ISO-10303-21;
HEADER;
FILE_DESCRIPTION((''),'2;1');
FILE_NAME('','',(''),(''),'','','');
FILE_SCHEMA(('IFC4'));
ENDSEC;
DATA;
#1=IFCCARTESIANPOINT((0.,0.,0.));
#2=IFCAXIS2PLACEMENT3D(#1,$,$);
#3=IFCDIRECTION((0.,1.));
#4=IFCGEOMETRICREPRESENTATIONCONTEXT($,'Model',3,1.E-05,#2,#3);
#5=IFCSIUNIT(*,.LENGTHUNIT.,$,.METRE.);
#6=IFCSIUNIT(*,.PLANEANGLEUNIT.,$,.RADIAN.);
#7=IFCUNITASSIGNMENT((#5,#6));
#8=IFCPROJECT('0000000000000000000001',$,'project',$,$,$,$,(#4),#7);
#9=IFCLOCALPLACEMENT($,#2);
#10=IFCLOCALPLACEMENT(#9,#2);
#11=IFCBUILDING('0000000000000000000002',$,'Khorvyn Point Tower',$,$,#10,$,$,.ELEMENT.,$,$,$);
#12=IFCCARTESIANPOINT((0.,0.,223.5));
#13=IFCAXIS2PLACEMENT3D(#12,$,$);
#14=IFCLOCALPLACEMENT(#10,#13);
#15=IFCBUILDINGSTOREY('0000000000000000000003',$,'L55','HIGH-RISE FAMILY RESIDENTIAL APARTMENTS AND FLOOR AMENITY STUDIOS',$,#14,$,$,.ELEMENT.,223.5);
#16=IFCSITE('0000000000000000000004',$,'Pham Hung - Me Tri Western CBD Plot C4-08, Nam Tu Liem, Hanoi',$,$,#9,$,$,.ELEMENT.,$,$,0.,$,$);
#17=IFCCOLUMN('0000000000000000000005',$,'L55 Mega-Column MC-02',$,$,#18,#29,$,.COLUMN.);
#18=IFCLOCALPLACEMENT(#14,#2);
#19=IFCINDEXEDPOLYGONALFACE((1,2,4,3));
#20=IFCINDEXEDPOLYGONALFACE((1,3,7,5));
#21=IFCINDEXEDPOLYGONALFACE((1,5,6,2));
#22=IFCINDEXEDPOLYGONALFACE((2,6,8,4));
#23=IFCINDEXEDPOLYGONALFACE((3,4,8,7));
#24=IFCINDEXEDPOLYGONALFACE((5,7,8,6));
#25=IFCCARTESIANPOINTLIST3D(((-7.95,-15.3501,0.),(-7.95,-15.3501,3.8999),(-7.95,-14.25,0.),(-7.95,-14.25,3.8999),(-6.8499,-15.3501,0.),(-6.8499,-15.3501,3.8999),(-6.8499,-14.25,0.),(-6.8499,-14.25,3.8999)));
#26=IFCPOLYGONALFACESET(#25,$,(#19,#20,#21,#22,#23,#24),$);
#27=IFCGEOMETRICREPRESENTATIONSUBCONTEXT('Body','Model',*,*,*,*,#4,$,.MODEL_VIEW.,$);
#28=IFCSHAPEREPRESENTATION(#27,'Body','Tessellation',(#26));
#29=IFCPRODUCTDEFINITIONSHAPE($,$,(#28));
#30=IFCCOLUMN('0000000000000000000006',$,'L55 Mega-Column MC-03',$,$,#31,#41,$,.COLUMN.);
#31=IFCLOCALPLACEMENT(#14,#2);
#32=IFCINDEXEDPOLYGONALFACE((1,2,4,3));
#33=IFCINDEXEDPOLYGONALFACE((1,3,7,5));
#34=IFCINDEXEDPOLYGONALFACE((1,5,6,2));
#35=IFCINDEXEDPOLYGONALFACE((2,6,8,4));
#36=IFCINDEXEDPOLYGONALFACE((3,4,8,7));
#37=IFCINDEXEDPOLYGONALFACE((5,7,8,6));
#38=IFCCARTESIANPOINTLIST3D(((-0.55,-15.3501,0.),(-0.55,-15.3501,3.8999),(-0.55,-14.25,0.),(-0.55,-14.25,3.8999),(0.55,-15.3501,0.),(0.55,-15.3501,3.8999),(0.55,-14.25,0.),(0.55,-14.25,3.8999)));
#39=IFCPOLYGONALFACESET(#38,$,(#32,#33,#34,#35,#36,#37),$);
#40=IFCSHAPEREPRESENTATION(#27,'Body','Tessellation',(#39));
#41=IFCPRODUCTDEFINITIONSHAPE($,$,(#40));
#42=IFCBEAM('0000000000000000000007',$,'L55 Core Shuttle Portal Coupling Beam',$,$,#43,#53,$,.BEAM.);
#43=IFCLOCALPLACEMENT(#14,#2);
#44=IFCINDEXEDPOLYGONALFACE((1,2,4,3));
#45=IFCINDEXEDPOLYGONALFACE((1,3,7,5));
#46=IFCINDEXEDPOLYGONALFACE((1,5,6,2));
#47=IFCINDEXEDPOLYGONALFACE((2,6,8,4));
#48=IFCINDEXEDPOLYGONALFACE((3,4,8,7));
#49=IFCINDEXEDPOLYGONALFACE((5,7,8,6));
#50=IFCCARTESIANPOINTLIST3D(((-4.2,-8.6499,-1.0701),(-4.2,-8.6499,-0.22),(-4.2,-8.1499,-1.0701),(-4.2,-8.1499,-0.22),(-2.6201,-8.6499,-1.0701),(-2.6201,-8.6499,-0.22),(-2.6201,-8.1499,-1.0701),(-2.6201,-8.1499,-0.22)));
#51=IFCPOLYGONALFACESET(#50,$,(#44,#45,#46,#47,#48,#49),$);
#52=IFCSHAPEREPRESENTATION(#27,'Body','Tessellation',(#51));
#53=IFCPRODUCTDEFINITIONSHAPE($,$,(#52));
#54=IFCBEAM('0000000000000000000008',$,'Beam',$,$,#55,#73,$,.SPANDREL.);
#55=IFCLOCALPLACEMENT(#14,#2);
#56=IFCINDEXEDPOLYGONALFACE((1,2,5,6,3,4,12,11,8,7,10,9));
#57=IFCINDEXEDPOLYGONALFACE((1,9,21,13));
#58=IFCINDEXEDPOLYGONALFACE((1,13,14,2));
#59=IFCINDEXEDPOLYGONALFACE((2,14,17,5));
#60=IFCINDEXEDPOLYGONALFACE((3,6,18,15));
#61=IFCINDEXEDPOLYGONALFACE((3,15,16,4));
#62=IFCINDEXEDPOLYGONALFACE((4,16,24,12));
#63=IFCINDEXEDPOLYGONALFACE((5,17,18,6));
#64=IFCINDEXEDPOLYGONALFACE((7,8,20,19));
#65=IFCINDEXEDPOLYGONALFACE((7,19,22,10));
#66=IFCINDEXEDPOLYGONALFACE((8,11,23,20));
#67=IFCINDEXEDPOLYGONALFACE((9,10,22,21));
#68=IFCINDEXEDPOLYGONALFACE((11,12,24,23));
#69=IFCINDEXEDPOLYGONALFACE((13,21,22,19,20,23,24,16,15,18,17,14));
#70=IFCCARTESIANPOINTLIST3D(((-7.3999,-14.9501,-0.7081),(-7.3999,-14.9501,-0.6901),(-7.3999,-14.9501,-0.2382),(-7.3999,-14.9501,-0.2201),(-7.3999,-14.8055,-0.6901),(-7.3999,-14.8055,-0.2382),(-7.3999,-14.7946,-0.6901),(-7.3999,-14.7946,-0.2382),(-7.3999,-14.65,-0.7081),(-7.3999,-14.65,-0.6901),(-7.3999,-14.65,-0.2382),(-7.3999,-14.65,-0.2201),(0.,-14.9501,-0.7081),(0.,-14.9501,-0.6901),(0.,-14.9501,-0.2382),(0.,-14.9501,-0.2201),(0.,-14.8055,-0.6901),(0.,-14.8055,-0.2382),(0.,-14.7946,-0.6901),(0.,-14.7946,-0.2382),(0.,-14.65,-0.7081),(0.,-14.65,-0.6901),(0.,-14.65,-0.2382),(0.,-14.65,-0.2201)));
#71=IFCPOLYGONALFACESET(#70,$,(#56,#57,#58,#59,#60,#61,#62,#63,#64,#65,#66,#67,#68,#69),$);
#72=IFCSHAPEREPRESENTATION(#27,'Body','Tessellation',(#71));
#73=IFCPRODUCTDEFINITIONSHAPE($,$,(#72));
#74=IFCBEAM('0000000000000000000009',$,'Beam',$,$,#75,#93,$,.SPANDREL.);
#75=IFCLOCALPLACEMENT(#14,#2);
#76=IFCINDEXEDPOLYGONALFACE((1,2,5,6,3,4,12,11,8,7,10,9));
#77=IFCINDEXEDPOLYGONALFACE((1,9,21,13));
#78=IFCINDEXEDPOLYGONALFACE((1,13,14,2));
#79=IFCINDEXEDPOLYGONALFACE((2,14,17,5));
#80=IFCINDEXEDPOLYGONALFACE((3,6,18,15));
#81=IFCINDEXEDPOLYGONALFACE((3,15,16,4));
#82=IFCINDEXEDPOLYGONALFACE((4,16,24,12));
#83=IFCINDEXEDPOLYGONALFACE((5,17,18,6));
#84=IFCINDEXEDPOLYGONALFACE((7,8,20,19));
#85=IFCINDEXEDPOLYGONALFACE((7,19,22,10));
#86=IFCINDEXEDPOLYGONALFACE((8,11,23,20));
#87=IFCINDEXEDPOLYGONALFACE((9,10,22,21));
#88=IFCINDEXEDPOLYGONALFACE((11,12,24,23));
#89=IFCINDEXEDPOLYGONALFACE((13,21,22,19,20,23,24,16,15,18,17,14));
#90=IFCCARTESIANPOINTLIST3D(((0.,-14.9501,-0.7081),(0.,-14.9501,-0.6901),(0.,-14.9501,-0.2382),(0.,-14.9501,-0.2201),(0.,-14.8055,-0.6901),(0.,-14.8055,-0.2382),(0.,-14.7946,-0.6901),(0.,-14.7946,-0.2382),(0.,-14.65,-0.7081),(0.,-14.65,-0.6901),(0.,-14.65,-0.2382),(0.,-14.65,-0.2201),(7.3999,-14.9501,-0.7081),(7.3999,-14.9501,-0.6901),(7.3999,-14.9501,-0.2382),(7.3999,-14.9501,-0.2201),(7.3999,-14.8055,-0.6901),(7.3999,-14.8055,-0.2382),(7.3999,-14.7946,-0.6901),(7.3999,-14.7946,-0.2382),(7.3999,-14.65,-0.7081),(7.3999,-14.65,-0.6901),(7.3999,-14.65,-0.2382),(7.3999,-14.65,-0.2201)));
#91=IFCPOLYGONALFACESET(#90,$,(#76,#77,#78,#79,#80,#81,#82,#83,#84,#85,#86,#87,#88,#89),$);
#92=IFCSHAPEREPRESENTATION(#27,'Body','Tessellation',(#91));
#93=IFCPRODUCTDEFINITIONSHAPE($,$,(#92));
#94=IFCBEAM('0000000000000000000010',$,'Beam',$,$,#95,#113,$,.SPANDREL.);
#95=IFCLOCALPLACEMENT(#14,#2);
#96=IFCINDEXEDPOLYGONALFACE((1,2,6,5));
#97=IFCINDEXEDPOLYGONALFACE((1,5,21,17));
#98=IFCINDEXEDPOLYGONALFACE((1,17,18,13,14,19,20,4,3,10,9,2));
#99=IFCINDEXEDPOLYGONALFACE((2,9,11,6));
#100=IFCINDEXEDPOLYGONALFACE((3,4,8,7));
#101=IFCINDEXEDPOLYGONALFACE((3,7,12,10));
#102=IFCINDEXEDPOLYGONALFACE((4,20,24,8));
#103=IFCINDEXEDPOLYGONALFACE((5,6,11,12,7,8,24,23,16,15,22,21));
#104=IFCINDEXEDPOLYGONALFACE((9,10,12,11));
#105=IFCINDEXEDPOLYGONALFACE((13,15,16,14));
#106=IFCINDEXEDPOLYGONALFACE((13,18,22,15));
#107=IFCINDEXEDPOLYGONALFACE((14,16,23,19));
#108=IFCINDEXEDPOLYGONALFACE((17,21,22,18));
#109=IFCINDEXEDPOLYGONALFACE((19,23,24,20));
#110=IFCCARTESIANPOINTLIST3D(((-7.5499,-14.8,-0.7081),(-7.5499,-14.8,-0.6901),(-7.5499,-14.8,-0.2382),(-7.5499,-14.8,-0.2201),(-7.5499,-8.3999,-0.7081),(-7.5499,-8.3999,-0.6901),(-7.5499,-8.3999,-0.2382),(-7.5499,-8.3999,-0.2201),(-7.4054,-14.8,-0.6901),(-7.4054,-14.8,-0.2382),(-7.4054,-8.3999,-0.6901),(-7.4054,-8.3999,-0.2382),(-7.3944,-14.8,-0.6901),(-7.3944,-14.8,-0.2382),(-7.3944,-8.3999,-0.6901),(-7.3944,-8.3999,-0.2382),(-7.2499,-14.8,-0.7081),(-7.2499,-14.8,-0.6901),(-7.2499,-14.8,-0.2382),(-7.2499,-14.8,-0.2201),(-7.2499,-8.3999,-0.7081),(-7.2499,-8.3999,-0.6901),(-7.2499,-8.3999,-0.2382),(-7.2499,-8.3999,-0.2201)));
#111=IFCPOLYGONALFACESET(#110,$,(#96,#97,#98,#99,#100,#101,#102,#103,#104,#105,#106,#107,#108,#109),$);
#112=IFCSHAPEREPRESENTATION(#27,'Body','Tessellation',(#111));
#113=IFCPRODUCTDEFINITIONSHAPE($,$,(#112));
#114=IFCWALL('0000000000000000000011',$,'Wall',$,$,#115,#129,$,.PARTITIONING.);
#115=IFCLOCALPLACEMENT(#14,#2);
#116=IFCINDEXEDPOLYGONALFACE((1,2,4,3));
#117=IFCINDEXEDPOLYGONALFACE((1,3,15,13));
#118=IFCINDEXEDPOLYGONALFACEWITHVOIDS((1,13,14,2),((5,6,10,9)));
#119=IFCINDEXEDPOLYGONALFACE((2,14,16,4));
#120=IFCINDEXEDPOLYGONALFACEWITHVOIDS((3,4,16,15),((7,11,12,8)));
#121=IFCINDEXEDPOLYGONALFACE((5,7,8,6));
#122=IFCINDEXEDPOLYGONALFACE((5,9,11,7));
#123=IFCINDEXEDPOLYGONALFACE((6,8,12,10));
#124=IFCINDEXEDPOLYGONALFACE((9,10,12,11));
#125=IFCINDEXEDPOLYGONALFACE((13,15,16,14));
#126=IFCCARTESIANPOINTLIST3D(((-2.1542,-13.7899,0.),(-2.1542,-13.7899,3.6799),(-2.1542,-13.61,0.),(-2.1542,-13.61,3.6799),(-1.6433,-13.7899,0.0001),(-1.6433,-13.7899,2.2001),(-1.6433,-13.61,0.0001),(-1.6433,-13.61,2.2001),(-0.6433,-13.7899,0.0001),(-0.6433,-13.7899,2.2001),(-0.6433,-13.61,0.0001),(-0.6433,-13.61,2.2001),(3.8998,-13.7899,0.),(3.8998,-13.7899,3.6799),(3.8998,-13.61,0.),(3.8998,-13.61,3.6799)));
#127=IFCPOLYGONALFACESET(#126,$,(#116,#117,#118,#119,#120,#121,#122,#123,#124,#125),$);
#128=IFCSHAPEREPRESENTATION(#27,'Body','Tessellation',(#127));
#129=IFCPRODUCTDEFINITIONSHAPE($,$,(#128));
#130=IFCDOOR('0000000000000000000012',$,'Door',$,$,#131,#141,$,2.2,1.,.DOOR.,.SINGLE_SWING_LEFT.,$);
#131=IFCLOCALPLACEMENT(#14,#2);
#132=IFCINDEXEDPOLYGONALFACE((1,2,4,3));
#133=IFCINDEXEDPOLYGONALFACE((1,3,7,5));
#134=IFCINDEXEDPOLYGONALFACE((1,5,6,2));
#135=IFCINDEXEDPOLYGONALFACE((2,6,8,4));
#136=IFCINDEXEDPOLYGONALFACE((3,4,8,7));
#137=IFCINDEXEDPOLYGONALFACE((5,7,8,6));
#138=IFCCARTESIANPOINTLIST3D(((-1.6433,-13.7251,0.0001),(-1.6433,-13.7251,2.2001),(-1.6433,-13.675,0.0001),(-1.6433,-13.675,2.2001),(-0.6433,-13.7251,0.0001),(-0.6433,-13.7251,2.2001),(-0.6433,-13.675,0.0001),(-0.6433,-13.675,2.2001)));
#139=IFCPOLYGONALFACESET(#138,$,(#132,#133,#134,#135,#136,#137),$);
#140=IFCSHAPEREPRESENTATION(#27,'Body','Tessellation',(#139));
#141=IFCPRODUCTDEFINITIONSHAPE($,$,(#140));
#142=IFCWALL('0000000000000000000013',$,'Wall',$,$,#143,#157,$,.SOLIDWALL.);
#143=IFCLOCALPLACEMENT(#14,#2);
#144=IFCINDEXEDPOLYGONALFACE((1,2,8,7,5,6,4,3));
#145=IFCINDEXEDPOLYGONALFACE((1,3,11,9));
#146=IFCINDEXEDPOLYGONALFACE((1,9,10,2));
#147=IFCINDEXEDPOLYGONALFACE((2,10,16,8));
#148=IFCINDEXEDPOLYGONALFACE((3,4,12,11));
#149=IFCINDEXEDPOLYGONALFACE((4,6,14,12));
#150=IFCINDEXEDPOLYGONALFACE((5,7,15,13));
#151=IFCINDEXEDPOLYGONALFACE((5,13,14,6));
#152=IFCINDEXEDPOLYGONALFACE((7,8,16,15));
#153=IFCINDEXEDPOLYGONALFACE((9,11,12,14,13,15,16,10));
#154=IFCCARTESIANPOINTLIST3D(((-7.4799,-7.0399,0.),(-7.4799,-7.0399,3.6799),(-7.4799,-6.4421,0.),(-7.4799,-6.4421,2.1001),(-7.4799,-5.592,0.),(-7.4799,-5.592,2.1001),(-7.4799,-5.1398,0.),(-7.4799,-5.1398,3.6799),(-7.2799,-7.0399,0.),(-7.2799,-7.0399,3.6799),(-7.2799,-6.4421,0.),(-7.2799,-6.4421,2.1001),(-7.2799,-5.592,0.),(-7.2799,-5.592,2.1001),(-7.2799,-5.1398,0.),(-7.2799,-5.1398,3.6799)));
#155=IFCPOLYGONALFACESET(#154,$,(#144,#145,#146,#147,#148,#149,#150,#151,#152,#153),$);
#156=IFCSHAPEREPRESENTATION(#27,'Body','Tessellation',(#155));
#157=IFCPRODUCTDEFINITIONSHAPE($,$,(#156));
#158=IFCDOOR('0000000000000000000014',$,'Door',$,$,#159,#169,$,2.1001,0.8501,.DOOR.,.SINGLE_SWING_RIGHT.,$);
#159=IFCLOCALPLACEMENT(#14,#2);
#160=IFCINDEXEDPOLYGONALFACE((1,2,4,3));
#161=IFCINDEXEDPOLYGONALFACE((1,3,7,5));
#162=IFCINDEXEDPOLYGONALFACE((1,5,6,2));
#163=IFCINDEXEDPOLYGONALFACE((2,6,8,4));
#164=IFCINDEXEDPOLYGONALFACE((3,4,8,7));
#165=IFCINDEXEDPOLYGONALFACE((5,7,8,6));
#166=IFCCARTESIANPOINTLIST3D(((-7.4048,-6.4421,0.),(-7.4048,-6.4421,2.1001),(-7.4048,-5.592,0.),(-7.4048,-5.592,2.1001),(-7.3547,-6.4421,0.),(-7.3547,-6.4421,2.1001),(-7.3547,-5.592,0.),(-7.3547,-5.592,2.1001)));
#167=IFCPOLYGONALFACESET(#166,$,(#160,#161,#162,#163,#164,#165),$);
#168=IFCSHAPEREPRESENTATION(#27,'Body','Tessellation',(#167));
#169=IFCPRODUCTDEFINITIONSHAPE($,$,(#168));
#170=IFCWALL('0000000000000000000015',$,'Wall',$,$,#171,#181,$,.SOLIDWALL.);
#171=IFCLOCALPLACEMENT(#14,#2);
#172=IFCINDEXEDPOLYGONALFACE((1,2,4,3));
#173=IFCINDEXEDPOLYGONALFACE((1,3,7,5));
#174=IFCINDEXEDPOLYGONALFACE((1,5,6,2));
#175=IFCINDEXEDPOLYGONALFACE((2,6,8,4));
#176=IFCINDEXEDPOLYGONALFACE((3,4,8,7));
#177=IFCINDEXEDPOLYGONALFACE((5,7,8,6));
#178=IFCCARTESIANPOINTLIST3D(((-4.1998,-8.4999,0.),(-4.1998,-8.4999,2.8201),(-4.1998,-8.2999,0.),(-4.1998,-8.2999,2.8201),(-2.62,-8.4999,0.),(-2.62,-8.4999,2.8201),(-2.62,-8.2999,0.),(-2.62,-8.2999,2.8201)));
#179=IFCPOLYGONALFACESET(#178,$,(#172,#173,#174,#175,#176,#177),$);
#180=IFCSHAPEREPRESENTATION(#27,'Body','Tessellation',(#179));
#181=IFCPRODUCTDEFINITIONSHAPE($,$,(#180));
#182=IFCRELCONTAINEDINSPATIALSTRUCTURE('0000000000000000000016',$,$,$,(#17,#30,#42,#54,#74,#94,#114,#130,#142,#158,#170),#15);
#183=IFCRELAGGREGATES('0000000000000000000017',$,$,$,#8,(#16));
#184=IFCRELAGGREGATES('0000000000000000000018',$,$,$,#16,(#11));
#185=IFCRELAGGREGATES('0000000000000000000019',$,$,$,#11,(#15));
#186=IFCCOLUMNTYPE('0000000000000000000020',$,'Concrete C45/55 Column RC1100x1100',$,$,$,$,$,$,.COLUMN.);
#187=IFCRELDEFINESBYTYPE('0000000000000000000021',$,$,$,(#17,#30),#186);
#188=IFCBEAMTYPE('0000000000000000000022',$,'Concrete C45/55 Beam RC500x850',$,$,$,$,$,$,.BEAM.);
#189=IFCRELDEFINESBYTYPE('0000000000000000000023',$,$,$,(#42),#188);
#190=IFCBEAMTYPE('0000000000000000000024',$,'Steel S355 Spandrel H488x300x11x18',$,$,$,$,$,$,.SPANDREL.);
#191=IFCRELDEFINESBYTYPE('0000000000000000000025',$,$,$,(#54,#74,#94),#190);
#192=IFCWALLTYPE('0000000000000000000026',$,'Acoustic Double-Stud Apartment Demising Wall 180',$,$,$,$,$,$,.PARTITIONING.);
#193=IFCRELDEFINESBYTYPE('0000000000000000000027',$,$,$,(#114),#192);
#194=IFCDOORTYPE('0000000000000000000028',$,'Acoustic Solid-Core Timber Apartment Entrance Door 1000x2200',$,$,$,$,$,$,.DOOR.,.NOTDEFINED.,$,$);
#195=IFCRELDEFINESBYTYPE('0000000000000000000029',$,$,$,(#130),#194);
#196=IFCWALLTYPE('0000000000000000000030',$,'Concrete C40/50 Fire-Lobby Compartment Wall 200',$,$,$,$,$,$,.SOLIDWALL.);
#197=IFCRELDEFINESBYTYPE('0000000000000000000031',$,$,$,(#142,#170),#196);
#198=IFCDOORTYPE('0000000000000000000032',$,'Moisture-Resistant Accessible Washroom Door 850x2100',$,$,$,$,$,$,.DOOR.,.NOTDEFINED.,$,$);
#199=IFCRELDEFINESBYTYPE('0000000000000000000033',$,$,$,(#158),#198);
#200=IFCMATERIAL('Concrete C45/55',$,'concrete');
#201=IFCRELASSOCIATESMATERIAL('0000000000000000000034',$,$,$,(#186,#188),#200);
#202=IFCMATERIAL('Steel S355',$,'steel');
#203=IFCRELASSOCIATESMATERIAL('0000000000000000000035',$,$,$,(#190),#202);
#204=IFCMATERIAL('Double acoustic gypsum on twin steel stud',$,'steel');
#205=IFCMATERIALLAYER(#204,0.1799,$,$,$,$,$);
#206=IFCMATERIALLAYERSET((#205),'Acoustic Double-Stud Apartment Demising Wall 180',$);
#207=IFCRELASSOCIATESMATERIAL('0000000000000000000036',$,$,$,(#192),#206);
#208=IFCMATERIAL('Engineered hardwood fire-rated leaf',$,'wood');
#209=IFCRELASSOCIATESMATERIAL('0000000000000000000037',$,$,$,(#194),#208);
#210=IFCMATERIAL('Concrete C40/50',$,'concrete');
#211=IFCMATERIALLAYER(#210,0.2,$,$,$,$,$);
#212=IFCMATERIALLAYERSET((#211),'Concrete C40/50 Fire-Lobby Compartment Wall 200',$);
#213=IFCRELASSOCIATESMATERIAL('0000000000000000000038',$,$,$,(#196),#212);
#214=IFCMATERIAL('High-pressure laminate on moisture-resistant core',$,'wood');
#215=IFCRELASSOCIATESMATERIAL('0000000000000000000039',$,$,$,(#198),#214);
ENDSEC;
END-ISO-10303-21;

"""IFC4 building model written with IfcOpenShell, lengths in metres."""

from ifc_helpers import new_model, si_unit, direction, frame, frame_2d, origin, origin_2d, place, context, subcontext, project, spatial, rectangle, i_section, extrude, material, layer, layer_set, material_profile, profile_set, type_object, element, fill, save


model = new_model("IFC4")

# Units and contexts
model_context = context("Model", 3, precision=1e-05, world=origin(), true_north=direction((0.0, 1.0)))
body_context = subcontext(model_context, "Body", "Model", "MODEL_VIEW")
ifc_project = project(units=[si_unit("LENGTHUNIT", "METRE"), si_unit("PLANEANGLEUNIT", "RADIAN")], contexts=[model_context])

# Site, building, storey
site_placement = place(None, origin())
site = spatial("IfcSite", under=ifc_project, at=site_placement, Name="Pham Hung - Me Tri Western CBD Plot C4-08, Nam Tu Liem, Hanoi", CompositionType="ELEMENT", RefElevation=0.0)
building_placement = place(site_placement, origin())
building = spatial("IfcBuilding", under=site, at=building_placement, Name="Khorvyn Point Tower", CompositionType="ELEMENT")
storey_placement = place(building_placement, frame((0.0, 0.0, 223.5)))
storey = spatial("IfcBuildingStorey", under=building, at=storey_placement, Name="L55", Description="HIGH-RISE FAMILY RESIDENTIAL APARTMENTS AND FLOOR AMENITY STUDIOS", CompositionType="ELEMENT", Elevation=223.5)

# Columns
ifc_material_1 = material(Name="Concrete C45/55", Category="concrete")
ifc_material_profile_1 = material_profile(ifc_material_1, rectangle(XDim=1.1001, YDim=1.1001, at=origin_2d()))
ifc_profile_set_1 = profile_set([ifc_material_profile_1], Name="Concrete C45/55 RC1100x1100")
column_type = type_object("IfcColumnType", Name="Concrete C45/55 Column RC1100x1100", PredefinedType="COLUMN", material=ifc_profile_set_1)
for number, where, z_axis, x_axis, name in (
    (1, (-7.3999, -14.8, 0.0), (0.0, 0.0, 1.0), (1.0, 0.0, 0.0), "L55 Mega-Column MC-02"),
    (2, (0.0, -14.8, 0.0), (0.0, 0.0, 1.0), (1.0, 0.0, 0.0), "L55 Mega-Column MC-03"),
):
    element("IfcColumn", number, at=place(storey_placement, frame(where, z_axis=z_axis, x_axis=x_axis)), inside=storey, type_object=column_type, Name=name, PredefinedType="COLUMN", context=body_context, shape_type="SweptSolid", body=[
        extrude(rectangle(XDim=1.1001, YDim=1.1001, at=origin_2d()), origin(), (0.0, 0.0, 1.0), 3.8999),
    ])

# Beams
ifc_material_profile_2 = material_profile(ifc_material_1, rectangle(XDim=0.5, YDim=0.8501, at=origin_2d()))
ifc_profile_set_2 = profile_set([ifc_material_profile_2], Name="Concrete C45/55 RC500x850")
beam_type_1 = type_object("IfcBeamType", Name="Concrete C45/55 Beam RC500x850", PredefinedType="BEAM", material=ifc_profile_set_2)
beam_1_placement = place(storey_placement, frame((-4.2, -8.3999, -0.645), z_axis=(1.0, 0.0, 0.0), x_axis=(0.0, 1.0, 0.0)))
element("IfcBeam", 3, at=beam_1_placement, inside=storey, type_object=beam_type_1, Name="L55 Core Shuttle Portal Coupling Beam", PredefinedType="BEAM", context=body_context, shape_type="SweptSolid", body=[
    extrude(rectangle(XDim=0.5, YDim=0.8501, at=origin_2d()), origin(), (0.0, 0.0, 1.0), 1.5798),
])
ifc_material_2 = material(Name="Steel S355", Category="steel")
ifc_material_profile_3 = material_profile(ifc_material_2, i_section(OverallWidth=0.3, OverallDepth=0.488, WebThickness=0.011, FlangeThickness=0.0181, at=origin_2d()))
ifc_profile_set_3 = profile_set([ifc_material_profile_3], Name="Steel S355 H488x300x11x18")
beam_type_2 = type_object("IfcBeamType", Name="Steel S355 Spandrel H488x300x11x18", PredefinedType="SPANDREL", material=ifc_profile_set_3)
for number, where, z_axis, x_axis, name in (
    (4, (-7.3999, -14.8, -0.4641), (1.0, 0.0, 0.0), (0.0, 1.0, 0.0), "Beam"),
    (5, (0.0, -14.8, -0.4641), (1.0, 0.0, 0.0), (0.0, 1.0, 0.0), "Beam"),
):
    element("IfcBeam", number, at=place(storey_placement, frame(where, z_axis=z_axis, x_axis=x_axis)), inside=storey, type_object=beam_type_2, Name=name, PredefinedType="SPANDREL", context=body_context, shape_type="SweptSolid", body=[
        extrude(i_section(OverallWidth=0.3, OverallDepth=0.488, WebThickness=0.011, FlangeThickness=0.0181, at=origin_2d()), origin(), (0.0, 0.0, 1.0), 7.3999),
    ])
beam_2_placement = place(storey_placement, frame((-7.3999, -14.8, -0.4641), z_axis=(0.0, 1.0, 0.0), x_axis=(-1.0, 0.0, 0.0)))
element("IfcBeam", 6, at=beam_2_placement, inside=storey, type_object=beam_type_2, Name="Beam", PredefinedType="SPANDREL", context=body_context, shape_type="SweptSolid", body=[
    extrude(i_section(OverallWidth=0.3, OverallDepth=0.488, WebThickness=0.011, FlangeThickness=0.0181, at=origin_2d()), origin(), (0.0, 0.0, 1.0), 6.4001),
])

# Walls, openings, doors
ifc_material_3 = material(Name="Double acoustic gypsum on twin steel stud", Category="steel")
ifc_layer_1 = layer(ifc_material_3, 0.1799)
ifc_layer_set_1 = layer_set([ifc_layer_1], Name="Acoustic Double-Stud Apartment Demising Wall 180")
wall_type_1 = type_object("IfcWallType", Name="Acoustic Double-Stud Apartment Demising Wall 180", PredefinedType="PARTITIONING", material=ifc_layer_set_1)
wall_1_placement = place(storey_placement, frame((-2.1541, -13.7, 0.0), z_axis=(0.0, 0.0, 1.0), x_axis=(1.0, 0.0, 0.0)))
wall_1 = element("IfcWall", 7, at=wall_1_placement, inside=storey, type_object=wall_type_1, Name="Wall", PredefinedType="PARTITIONING", context=body_context, shape_type="SweptSolid", body=[
    extrude(rectangle(XDim=6.054, YDim=0.1799, at=frame_2d((3.0269, 0.0))), origin(), (0.0, 0.0, 1.0), 3.6799),
])
opening_1_placement = place(wall_1_placement, frame((0.5107, 0.0, 0.0)))
opening_1 = element("IfcOpeningElement", 8, at=opening_1_placement, cuts=wall_1, PredefinedType="OPENING", context=body_context, shape_type="SweptSolid", body=[
    extrude(rectangle(XDim=1.0, YDim=2.2, at=frame_2d((0.5, 1.1001))), frame((0.0, 0.0999, 0.0), z_axis=(0.0, -1.0, 0.0), x_axis=(1.0, 0.0, 0.0)), (0.0, 0.0, 1.0), 0.2),
])
ifc_material_4 = material(Name="Engineered hardwood fire-rated leaf", Category="wood")
door_type_1 = type_object("IfcDoorType", Name="Acoustic Solid-Core Timber Apartment Entrance Door 1000x2200", OperationType="NOTDEFINED", PredefinedType="DOOR", material=ifc_material_4)
door_1_placement = place(opening_1_placement, origin())
door_1 = element("IfcDoor", 9, at=door_1_placement, inside=storey, type_object=door_type_1, Name="Door", OperationType="SINGLE_SWING_LEFT", OverallHeight=2.2, OverallWidth=1.0, PredefinedType="DOOR", context=body_context, shape_type="SweptSolid", body=[
    extrude(rectangle(XDim=1.0, YDim=2.2, at=frame_2d((0.5, 1.1001))), frame((0.0, 0.0249, 0.0), z_axis=(0.0, -1.0, 0.0), x_axis=(1.0, 0.0, 0.0)), (0.0, 0.0, 1.0), 0.05),
])
fill(opening_1, door_1)
ifc_material_5 = material(Name="Concrete C40/50", Category="concrete")
ifc_layer_2 = layer(ifc_material_5, 0.2)
ifc_layer_set_2 = layer_set([ifc_layer_2], Name="Concrete C40/50 Fire-Lobby Compartment Wall 200")
wall_type_2 = type_object("IfcWallType", Name="Concrete C40/50 Fire-Lobby Compartment Wall 200", PredefinedType="SOLIDWALL", material=ifc_layer_set_2)
wall_2_placement = place(storey_placement, frame((-7.3799, -7.04, 0.0), z_axis=(0.0, 0.0, 1.0), x_axis=(0.0, 1.0, 0.0)))
wall_2 = element("IfcWall", 10, at=wall_2_placement, inside=storey, type_object=wall_type_2, Name="Wall", PredefinedType="SOLIDWALL", context=body_context, shape_type="SweptSolid", body=[
    extrude(rectangle(XDim=1.9001, YDim=0.2, at=frame_2d((0.9502, 0.0))), origin(), (0.0, 0.0, 1.0), 3.6799),
])
opening_2_placement = place(wall_2_placement, frame((0.5979, 0.0, 0.0)))
opening_2 = element("IfcOpeningElement", 11, at=opening_2_placement, cuts=wall_2, PredefinedType="OPENING", context=body_context, shape_type="SweptSolid", body=[
    extrude(rectangle(XDim=0.8501, YDim=2.1001, at=frame_2d((0.425, 1.05))), frame((0.0, 0.1099, 0.0), z_axis=(0.0, -1.0, 0.0), x_axis=(1.0, 0.0, 0.0)), (0.0, 0.0, 1.0), 0.22),
])
ifc_material_6 = material(Name="High-pressure laminate on moisture-resistant core", Category="wood")
door_type_2 = type_object("IfcDoorType", Name="Moisture-Resistant Accessible Washroom Door 850x2100", OperationType="NOTDEFINED", PredefinedType="DOOR", material=ifc_material_6)
door_2_placement = place(opening_2_placement, origin())
door_2 = element("IfcDoor", 12, at=door_2_placement, inside=storey, type_object=door_type_2, Name="Door", OperationType="SINGLE_SWING_RIGHT", OverallHeight=2.1001, OverallWidth=0.8501, PredefinedType="DOOR", context=body_context, shape_type="SweptSolid", body=[
    extrude(rectangle(XDim=0.8501, YDim=2.1001, at=frame_2d((0.425, 1.05))), frame((0.0, 0.0249, 0.0), z_axis=(0.0, -1.0, 0.0), x_axis=(1.0, 0.0, 0.0)), (0.0, 0.0, 1.0), 0.05),
])
fill(opening_2, door_2)

# Wall
wall_3_placement = place(storey_placement, frame((-4.2, -8.3999, 0.0), z_axis=(0.0, 0.0, 1.0), x_axis=(1.0, 0.0, 0.0)))
element("IfcWall", 13, at=wall_3_placement, inside=storey, type_object=wall_type_2, Name="Wall", PredefinedType="SOLIDWALL", context=body_context, shape_type="SweptSolid", body=[
    extrude(rectangle(XDim=1.5798, YDim=0.2, at=frame_2d((0.79, 0.0))), origin(), (0.0, 0.0, 1.0), 2.8201),
])

save(model, "model.ifc")
